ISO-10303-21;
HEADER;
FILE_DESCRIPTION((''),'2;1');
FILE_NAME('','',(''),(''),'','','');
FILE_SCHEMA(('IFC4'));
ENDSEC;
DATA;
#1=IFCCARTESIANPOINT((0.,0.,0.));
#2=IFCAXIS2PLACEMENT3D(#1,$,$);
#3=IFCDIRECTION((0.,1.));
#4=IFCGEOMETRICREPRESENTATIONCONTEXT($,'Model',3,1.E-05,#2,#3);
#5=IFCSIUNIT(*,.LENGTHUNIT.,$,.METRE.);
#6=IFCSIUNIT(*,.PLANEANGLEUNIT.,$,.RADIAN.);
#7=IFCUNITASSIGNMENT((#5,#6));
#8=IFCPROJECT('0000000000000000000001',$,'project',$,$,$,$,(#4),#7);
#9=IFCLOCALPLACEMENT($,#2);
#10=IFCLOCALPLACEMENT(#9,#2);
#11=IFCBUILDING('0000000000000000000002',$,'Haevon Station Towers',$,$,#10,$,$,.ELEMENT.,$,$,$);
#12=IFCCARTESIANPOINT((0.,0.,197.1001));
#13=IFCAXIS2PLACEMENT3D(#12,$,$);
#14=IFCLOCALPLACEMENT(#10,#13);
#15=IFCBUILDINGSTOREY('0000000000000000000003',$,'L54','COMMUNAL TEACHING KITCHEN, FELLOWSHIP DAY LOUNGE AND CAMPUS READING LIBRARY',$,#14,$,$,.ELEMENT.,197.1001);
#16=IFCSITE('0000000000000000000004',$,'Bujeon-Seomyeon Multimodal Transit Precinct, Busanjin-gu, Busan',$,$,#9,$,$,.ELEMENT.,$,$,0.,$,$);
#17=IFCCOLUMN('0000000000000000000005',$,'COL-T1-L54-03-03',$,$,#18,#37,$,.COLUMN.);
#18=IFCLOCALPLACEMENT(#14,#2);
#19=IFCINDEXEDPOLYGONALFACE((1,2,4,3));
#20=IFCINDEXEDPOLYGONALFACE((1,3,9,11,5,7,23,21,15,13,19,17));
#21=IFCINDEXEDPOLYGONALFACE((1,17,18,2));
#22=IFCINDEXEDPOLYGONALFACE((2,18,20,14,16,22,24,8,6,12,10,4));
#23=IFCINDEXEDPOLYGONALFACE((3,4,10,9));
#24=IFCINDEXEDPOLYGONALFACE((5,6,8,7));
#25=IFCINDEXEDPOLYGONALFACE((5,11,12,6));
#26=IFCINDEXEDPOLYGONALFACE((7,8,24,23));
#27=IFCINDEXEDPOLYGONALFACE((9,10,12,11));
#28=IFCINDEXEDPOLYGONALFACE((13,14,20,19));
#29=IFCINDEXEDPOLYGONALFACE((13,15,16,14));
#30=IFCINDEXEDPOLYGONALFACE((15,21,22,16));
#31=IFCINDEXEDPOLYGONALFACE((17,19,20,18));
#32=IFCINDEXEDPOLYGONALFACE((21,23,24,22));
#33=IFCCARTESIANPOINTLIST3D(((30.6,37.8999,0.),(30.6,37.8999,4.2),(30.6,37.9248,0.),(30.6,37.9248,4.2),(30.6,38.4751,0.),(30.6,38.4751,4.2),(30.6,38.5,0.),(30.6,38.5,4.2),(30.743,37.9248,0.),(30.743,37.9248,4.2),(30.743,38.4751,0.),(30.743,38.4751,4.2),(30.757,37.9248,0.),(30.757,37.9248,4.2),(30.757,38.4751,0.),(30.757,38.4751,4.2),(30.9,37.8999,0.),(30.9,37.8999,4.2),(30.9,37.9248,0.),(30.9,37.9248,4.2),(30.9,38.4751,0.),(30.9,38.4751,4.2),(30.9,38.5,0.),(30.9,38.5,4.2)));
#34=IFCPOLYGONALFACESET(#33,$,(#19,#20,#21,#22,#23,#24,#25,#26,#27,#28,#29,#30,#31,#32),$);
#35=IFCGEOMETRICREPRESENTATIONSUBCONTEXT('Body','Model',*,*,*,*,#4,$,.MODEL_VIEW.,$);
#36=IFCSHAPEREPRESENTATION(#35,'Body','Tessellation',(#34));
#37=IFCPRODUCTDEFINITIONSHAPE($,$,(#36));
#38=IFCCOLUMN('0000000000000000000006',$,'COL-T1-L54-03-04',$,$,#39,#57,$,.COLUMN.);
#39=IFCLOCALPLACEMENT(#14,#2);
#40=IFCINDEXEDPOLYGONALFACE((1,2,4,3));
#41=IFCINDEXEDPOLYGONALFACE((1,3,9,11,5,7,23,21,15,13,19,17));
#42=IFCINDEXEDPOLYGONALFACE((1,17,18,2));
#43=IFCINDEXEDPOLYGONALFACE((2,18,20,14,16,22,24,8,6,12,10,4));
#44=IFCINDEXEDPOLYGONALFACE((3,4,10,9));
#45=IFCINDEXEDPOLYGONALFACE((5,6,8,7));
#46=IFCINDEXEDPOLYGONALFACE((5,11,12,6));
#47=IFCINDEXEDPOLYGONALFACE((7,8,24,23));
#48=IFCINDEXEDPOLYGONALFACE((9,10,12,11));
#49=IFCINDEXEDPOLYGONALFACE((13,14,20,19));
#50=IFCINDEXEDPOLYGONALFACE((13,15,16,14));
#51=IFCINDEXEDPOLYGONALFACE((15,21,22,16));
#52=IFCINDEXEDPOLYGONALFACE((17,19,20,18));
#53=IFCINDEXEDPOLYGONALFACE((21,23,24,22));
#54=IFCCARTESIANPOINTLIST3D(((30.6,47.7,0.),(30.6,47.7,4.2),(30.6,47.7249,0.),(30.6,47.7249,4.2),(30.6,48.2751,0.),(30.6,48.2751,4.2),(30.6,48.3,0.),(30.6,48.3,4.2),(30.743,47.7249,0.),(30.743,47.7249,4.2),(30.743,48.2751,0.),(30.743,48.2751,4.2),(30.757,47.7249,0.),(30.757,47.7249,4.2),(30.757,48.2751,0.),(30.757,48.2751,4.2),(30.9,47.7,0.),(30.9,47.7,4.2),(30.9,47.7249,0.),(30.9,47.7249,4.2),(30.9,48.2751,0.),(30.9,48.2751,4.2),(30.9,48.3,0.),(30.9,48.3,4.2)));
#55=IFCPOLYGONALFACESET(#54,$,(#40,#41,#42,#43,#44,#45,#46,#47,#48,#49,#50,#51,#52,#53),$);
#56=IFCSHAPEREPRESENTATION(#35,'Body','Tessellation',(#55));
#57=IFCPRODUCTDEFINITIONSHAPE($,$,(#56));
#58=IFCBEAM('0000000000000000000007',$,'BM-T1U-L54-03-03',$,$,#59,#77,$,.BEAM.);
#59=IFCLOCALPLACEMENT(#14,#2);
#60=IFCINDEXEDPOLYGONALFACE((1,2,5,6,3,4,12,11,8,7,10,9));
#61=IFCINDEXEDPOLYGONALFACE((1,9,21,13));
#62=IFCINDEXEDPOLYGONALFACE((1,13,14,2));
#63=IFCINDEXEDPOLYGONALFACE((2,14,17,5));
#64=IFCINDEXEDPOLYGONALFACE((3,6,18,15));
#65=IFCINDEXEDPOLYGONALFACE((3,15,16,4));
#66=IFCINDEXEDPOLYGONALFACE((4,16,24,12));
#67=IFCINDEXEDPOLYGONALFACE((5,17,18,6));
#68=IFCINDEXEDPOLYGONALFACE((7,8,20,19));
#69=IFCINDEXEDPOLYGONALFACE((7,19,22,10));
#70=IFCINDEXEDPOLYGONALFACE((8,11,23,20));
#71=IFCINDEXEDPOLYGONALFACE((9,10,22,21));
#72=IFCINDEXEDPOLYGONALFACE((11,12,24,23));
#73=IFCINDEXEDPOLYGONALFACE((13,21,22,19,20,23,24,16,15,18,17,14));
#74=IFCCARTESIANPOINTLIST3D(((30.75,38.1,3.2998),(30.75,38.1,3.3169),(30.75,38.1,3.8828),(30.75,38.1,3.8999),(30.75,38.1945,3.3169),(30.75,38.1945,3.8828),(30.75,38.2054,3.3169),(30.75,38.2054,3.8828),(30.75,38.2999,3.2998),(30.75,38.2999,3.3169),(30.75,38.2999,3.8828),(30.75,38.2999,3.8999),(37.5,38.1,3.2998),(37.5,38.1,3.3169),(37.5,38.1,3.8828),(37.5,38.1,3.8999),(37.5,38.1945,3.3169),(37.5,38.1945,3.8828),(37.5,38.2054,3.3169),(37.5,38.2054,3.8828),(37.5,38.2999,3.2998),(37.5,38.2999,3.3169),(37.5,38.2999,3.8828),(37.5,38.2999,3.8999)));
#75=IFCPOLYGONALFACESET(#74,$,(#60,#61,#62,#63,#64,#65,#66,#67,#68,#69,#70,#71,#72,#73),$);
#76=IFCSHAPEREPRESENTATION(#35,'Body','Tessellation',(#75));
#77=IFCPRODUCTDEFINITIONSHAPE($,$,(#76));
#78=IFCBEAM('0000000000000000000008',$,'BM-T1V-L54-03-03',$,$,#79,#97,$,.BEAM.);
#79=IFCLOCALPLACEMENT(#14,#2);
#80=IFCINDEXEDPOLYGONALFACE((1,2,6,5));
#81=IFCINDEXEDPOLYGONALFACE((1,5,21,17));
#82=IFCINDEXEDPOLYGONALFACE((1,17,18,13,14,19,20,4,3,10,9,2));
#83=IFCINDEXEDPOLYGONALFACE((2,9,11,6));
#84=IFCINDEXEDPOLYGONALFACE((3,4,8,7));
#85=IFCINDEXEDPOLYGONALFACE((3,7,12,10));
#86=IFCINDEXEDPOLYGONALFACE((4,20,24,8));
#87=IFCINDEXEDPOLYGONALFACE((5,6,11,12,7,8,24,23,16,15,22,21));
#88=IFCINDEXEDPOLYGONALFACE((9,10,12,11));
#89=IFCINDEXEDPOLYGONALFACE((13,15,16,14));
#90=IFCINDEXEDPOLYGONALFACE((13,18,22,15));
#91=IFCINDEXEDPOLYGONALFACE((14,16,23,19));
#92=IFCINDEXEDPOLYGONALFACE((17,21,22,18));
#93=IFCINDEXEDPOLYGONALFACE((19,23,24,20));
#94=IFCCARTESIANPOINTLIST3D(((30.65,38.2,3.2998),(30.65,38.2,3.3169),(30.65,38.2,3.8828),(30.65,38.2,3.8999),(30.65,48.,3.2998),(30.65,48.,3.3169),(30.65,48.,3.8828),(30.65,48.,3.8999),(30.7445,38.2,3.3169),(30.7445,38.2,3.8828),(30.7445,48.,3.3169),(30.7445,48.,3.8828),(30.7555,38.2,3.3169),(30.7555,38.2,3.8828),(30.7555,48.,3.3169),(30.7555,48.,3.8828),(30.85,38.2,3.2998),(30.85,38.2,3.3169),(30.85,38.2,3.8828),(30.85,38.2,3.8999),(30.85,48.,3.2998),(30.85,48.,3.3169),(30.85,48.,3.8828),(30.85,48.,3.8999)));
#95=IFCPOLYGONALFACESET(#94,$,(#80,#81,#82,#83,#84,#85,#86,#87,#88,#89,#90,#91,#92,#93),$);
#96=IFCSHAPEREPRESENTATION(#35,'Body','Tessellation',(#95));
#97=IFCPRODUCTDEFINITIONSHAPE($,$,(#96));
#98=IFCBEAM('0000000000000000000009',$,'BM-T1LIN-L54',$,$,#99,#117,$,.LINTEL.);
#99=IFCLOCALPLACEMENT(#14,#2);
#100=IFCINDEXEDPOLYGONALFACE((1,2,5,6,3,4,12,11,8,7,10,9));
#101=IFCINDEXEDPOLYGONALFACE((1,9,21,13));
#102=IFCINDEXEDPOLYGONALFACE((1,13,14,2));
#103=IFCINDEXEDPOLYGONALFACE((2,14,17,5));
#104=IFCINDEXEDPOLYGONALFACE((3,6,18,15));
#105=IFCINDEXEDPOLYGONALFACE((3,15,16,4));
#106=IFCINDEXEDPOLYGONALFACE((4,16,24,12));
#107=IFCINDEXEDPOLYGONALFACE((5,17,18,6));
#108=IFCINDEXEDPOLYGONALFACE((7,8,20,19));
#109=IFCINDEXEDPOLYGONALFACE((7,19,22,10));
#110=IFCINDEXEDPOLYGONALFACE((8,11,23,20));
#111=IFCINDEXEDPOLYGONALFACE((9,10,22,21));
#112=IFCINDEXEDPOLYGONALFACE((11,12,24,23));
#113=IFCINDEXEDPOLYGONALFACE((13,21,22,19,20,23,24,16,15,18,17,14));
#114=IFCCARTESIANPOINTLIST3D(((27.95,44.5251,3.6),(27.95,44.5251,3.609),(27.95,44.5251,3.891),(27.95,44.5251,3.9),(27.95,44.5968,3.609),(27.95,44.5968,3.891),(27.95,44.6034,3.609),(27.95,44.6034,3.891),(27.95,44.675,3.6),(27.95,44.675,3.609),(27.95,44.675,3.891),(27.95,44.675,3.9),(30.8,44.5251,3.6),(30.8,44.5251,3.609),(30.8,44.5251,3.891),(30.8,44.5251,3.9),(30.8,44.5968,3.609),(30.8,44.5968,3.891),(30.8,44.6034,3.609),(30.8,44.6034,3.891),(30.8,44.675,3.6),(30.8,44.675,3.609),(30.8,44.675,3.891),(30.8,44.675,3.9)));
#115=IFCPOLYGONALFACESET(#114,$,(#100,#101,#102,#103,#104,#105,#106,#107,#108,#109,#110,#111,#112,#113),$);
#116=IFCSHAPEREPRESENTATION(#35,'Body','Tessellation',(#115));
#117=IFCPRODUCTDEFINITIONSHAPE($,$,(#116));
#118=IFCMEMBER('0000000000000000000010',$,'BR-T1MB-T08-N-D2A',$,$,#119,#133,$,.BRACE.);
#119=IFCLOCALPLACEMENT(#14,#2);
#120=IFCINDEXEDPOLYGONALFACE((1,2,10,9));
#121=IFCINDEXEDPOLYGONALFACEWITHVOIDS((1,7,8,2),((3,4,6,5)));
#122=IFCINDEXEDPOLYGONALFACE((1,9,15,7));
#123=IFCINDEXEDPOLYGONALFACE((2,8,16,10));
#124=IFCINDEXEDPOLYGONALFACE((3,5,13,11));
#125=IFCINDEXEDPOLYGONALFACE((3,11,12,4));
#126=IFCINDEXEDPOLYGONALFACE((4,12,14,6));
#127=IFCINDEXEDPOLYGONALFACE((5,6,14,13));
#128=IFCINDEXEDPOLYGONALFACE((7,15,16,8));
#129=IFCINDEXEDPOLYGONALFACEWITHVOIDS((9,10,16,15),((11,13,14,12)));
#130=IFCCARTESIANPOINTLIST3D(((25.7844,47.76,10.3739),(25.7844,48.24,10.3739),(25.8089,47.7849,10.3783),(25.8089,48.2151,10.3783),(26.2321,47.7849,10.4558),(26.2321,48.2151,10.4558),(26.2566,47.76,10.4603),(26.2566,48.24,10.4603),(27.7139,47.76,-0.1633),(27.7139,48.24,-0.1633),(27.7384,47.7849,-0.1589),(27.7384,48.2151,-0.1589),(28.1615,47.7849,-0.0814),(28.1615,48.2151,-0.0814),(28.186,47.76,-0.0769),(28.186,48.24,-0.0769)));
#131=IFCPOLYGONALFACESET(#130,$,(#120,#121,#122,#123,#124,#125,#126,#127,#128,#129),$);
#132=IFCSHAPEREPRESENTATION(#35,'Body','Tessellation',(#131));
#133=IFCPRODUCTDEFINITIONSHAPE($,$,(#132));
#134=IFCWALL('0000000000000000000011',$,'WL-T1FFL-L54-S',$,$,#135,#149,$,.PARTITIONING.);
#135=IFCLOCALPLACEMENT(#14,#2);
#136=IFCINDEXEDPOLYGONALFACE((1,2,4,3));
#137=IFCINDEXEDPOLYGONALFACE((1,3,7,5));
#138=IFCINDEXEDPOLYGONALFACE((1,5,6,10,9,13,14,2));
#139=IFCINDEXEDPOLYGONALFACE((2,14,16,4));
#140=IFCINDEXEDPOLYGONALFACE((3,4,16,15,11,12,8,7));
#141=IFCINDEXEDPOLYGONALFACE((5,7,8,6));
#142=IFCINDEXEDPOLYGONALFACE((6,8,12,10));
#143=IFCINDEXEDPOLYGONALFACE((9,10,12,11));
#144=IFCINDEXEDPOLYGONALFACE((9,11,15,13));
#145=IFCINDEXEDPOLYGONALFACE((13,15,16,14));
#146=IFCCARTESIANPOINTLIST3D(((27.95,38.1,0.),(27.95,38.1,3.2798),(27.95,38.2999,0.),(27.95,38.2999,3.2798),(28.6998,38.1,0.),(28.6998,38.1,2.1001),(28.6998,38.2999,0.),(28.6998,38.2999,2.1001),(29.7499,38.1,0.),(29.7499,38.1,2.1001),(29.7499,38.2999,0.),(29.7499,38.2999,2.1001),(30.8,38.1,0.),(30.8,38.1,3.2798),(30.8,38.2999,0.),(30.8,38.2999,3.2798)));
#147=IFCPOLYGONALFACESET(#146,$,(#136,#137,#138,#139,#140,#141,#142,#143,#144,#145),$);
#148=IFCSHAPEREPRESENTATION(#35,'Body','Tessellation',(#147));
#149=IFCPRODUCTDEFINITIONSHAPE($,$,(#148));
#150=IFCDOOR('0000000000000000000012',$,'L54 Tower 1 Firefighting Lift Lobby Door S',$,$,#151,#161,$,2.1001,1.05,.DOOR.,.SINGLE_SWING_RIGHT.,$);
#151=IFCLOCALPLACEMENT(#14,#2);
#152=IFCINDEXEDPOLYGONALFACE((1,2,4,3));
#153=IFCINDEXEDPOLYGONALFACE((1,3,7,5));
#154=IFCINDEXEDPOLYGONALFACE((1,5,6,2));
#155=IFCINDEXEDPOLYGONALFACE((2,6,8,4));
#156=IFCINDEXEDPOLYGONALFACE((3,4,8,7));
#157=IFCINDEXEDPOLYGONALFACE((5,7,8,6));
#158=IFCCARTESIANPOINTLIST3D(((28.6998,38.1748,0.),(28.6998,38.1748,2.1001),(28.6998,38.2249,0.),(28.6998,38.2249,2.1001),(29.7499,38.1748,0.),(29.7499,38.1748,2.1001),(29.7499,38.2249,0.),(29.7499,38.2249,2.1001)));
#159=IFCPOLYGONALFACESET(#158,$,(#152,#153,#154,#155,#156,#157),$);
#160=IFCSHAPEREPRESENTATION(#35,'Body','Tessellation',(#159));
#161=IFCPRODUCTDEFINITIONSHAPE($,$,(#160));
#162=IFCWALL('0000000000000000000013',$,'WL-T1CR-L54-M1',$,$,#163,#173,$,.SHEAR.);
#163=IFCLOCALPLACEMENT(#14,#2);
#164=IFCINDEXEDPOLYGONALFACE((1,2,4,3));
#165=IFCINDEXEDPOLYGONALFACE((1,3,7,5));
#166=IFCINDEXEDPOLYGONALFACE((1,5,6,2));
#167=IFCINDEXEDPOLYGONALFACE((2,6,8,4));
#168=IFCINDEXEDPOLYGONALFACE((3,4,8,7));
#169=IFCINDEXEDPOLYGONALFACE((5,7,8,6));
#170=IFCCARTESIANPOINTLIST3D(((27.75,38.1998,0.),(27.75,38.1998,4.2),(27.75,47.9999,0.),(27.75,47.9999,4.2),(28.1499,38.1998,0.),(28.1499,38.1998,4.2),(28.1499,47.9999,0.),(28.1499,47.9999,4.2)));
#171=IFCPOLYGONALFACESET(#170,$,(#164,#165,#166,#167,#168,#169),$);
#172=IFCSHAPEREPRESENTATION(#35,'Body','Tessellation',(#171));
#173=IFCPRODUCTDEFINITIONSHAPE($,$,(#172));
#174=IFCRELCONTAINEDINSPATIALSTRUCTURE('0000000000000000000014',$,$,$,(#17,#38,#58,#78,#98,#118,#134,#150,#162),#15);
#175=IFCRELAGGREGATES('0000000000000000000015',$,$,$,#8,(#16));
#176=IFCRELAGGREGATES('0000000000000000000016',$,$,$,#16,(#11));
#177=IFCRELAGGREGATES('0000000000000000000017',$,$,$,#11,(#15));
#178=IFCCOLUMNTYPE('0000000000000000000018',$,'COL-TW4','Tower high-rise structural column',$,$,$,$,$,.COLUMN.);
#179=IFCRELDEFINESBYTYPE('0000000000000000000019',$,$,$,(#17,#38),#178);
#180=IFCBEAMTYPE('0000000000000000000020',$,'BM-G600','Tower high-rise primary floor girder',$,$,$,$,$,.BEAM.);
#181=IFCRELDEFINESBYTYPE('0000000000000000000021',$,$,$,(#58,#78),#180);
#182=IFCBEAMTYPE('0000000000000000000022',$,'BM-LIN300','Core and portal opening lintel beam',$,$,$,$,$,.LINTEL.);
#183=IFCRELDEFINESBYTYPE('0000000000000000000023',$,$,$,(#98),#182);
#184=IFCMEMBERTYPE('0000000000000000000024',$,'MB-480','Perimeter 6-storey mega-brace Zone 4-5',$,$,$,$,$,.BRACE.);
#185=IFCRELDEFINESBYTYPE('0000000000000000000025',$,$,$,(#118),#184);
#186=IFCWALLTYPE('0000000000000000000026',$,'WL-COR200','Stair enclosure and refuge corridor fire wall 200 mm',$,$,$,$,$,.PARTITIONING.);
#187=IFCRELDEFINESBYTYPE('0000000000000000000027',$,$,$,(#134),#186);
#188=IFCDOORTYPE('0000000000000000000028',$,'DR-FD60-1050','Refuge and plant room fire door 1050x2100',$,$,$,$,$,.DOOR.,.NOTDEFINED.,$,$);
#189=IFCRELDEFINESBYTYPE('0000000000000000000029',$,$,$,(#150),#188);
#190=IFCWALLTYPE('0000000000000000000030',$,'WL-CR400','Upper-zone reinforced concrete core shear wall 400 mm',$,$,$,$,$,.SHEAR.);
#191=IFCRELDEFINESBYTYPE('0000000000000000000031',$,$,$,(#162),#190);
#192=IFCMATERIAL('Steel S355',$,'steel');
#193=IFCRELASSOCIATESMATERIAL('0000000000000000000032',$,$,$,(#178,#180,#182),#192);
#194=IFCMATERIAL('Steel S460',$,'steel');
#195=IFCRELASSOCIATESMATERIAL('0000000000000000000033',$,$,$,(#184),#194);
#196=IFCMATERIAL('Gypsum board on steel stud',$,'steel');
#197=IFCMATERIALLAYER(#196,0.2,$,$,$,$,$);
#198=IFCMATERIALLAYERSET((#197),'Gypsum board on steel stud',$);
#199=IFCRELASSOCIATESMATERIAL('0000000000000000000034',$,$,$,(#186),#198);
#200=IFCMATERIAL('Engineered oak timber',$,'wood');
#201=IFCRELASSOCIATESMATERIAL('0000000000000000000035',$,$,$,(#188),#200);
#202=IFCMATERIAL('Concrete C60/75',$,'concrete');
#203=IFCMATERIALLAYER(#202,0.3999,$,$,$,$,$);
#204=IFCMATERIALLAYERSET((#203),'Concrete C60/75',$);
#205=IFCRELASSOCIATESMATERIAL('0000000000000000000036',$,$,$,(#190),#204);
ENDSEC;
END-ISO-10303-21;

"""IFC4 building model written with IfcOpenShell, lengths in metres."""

from ifc_helpers import new_model, si_unit, direction, frame, frame_2d, origin, origin_2d, place, context, subcontext, project, spatial, rectangle, hollow_rectangle, i_section, extrude, material, layer, layer_set, material_profile, profile_set, type_object, element, fill, save


model = new_model("IFC4")

# Units and contexts
model_context = context("Model", 3, precision=1e-05, world=origin(), true_north=direction((0.0, 1.0)))
body_context = subcontext(model_context, "Body", "Model", "MODEL_VIEW")
ifc_project = project(units=[si_unit("LENGTHUNIT", "METRE"), si_unit("PLANEANGLEUNIT", "RADIAN")], contexts=[model_context])

# Site, building, storey
site_placement = place(None, origin())
site = spatial("IfcSite", under=ifc_project, at=site_placement, Name="Bujeon-Seomyeon Multimodal Transit Precinct, Busanjin-gu, Busan", CompositionType="ELEMENT", RefElevation=0.0)
building_placement = place(site_placement, origin())
building = spatial("IfcBuilding", under=site, at=building_placement, Name="Haevon Station Towers", CompositionType="ELEMENT")
storey_placement = place(building_placement, frame((0.0, 0.0, 197.1001)))
storey = spatial("IfcBuildingStorey", under=building, at=storey_placement, Name="L54", Description="COMMUNAL TEACHING KITCHEN, FELLOWSHIP DAY LOUNGE AND CAMPUS READING LIBRARY", CompositionType="ELEMENT", Elevation=197.1001)

# Columns
ifc_material_1 = material(Name="Steel S355", Category="steel")
ifc_material_profile_1 = material_profile(ifc_material_1, i_section(OverallWidth=0.3, OverallDepth=0.6001, WebThickness=0.0139, FlangeThickness=0.0249, at=origin_2d()), Name="H-600x300x14x25")
ifc_profile_set_1 = profile_set([ifc_material_profile_1], Name="Steel S355")
column_type = type_object("IfcColumnType", Name="COL-TW4", Description="Tower high-rise structural column", PredefinedType="COLUMN", material=ifc_profile_set_1)
for number, where, z_axis, x_axis, name in (
    (1, (30.75, 38.2, 0.0), (0.0, 0.0, 1.0), (1.0, 0.0, 0.0), "COL-T1-L54-03-03"),
    (2, (30.75, 48.0, 0.0), (0.0, 0.0, 1.0), (1.0, 0.0, 0.0), "COL-T1-L54-03-04"),
):
    element("IfcColumn", number, at=place(storey_placement, frame(where, z_axis=z_axis, x_axis=x_axis)), inside=storey, type_object=column_type, Name=name, PredefinedType="COLUMN", context=body_context, shape_type="SweptSolid", body=[
        extrude(i_section(OverallWidth=0.3, OverallDepth=0.6001, WebThickness=0.0139, FlangeThickness=0.0249, at=origin_2d()), origin(), (0.0, 0.0, 1.0), 4.2),
    ])

# Beams
ifc_material_profile_2 = material_profile(ifc_material_1, i_section(OverallWidth=0.2, OverallDepth=0.6001, WebThickness=0.011, FlangeThickness=0.0171, at=origin_2d()), Name="H-600x200x11x17")
ifc_profile_set_2 = profile_set([ifc_material_profile_2], Name="Steel S355")
beam_type_1 = type_object("IfcBeamType", Name="BM-G600", Description="Tower high-rise primary floor girder", PredefinedType="BEAM", material=ifc_profile_set_2)
beam_1_placement = place(storey_placement, frame((30.75, 38.2, 3.5999), z_axis=(1.0, 0.0, 0.0), x_axis=(0.0, 1.0, 0.0)))
element("IfcBeam", 3, at=beam_1_placement, inside=storey, type_object=beam_type_1, Name="BM-T1U-L54-03-03", PredefinedType="BEAM", context=body_context, shape_type="SweptSolid", body=[
    extrude(i_section(OverallWidth=0.2, OverallDepth=0.6001, WebThickness=0.011, FlangeThickness=0.0171, at=origin_2d()), origin(), (0.0, 0.0, 1.0), 6.75),
])
beam_2_placement = place(storey_placement, frame((30.75, 38.2, 3.5999), z_axis=(0.0, 1.0, 0.0), x_axis=(-1.0, 0.0, 0.0)))
element("IfcBeam", 4, at=beam_2_placement, inside=storey, type_object=beam_type_1, Name="BM-T1V-L54-03-03", PredefinedType="BEAM", context=body_context, shape_type="SweptSolid", body=[
    extrude(i_section(OverallWidth=0.2, OverallDepth=0.6001, WebThickness=0.011, FlangeThickness=0.0171, at=origin_2d()), origin(), (0.0, 0.0, 1.0), 9.8),
])
ifc_material_profile_3 = material_profile(ifc_material_1, i_section(OverallWidth=0.1499, OverallDepth=0.3, WebThickness=0.0066, FlangeThickness=0.009, at=origin_2d()), Name="H-300x150x6.5x9")
ifc_profile_set_3 = profile_set([ifc_material_profile_3], Name="Steel S355")
beam_type_2 = type_object("IfcBeamType", Name="BM-LIN300", Description="Core and portal opening lintel beam", PredefinedType="LINTEL", material=ifc_profile_set_3)
beam_3_placement = place(storey_placement, frame((27.95, 44.6001, 3.75), z_axis=(1.0, 0.0, 0.0), x_axis=(0.0, 1.0, 0.0)))
element("IfcBeam", 5, at=beam_3_placement, inside=storey, type_object=beam_type_2, Name="BM-T1LIN-L54", PredefinedType="LINTEL", context=body_context, shape_type="SweptSolid", body=[
    extrude(i_section(OverallWidth=0.1499, OverallDepth=0.3, WebThickness=0.0066, FlangeThickness=0.009, at=origin_2d()), origin(), (0.0, 0.0, 1.0), 2.8501),
])

# Member
ifc_material_2 = material(Name="Steel S460", Category="steel")
ifc_material_profile_4 = material_profile(ifc_material_2, hollow_rectangle(XDim=0.48, YDim=0.48, WallThickness=0.0249, at=origin_2d()), Name="RHS-480x480x25")
ifc_profile_set_4 = profile_set([ifc_material_profile_4], Name="Steel S460")
member_type = type_object("IfcMemberType", Name="MB-480", Description="Perimeter 6-storey mega-brace Zone 4-5", PredefinedType="BRACE", material=ifc_profile_set_4)
member_placement = place(storey_placement, frame((27.95, 48.0, -0.1201), z_axis=(-0.180115, 0.0, 0.983646), x_axis=(0.0, -1.0, 0.0)))
element("IfcMember", 6, at=member_placement, inside=storey, type_object=member_type, Name="BR-T1MB-T08-N-D2A", PredefinedType="BRACE", context=body_context, shape_type="SweptSolid", body=[
    extrude(hollow_rectangle(XDim=0.48, YDim=0.48, WallThickness=0.0249, at=origin_2d()), origin(), (0.0, 0.0, 1.0), 10.7124),
])

# Wall, opening, door
ifc_material_3 = material(Name="Gypsum board on steel stud", Category="steel")
ifc_layer_1 = layer(ifc_material_3, 0.2)
ifc_layer_set_1 = layer_set([ifc_layer_1], Name="Gypsum board on steel stud")
wall_type_1 = type_object("IfcWallType", Name="WL-COR200", Description="Stair enclosure and refuge corridor fire wall 200 mm", PredefinedType="PARTITIONING", material=ifc_layer_set_1)
wall_1_placement = place(storey_placement, frame((27.95, 38.2, 0.0), z_axis=(0.0, 0.0, 1.0), x_axis=(1.0, 0.0, 0.0)))
wall_1 = element("IfcWall", 7, at=wall_1_placement, inside=storey, type_object=wall_type_1, Name="WL-T1FFL-L54-S", PredefinedType="PARTITIONING", context=body_context, shape_type="SweptSolid", body=[
    extrude(rectangle(XDim=2.8501, YDim=0.2, at=frame_2d((1.425, 0.0))), origin(), (0.0, 0.0, 1.0), 3.2798),
])
opening_1_placement = place(wall_1_placement, frame((0.75, 0.0, 0.0)))
opening_1 = element("IfcOpeningElement", 8, at=opening_1_placement, cuts=wall_1, PredefinedType="OPENING", context=body_context, shape_type="SweptSolid", body=[
    extrude(rectangle(XDim=1.05, YDim=2.1001, at=frame_2d((0.5249, 1.05))), frame((0.0, 0.1099, 0.0), z_axis=(0.0, -1.0, 0.0), x_axis=(1.0, 0.0, 0.0)), (0.0, 0.0, 1.0), 0.22),
])
ifc_material_4 = material(Name="Engineered oak timber", Category="wood")
door_type_1 = type_object("IfcDoorType", Name="DR-FD60-1050", Description="Refuge and plant room fire door 1050x2100", OperationType="NOTDEFINED", PredefinedType="DOOR", material=ifc_material_4)
door_1_placement = place(opening_1_placement, origin())
door_1 = element("IfcDoor", 9, at=door_1_placement, inside=storey, type_object=door_type_1, Name="L54 Tower 1 Firefighting Lift Lobby Door S", OperationType="SINGLE_SWING_RIGHT", OverallHeight=2.1001, OverallWidth=1.05, PredefinedType="DOOR", context=body_context, shape_type="SweptSolid", body=[
    extrude(rectangle(XDim=1.05, YDim=2.1001, at=frame_2d((0.5249, 1.05))), frame((0.0, 0.0249, 0.0), z_axis=(0.0, -1.0, 0.0), x_axis=(1.0, 0.0, 0.0)), (0.0, 0.0, 1.0), 0.05),
])
fill(opening_1, door_1)

# Wall
ifc_material_5 = material(Name="Concrete C60/75", Category="concrete")
ifc_layer_2 = layer(ifc_material_5, 0.3999)
ifc_layer_set_2 = layer_set([ifc_layer_2], Name="Concrete C60/75")
wall_type_2 = type_object("IfcWallType", Name="WL-CR400", Description="Upper-zone reinforced concrete core shear wall 400 mm", PredefinedType="SHEAR", material=ifc_layer_set_2)
wall_2_placement = place(storey_placement, frame((27.95, 38.2, 0.0), z_axis=(0.0, 0.0, 1.0), x_axis=(0.0, 1.0, 0.0)))
element("IfcWall", 10, at=wall_2_placement, inside=storey, type_object=wall_type_2, Name="WL-T1CR-L54-M1", PredefinedType="SHEAR", context=body_context, shape_type="SweptSolid", body=[
    extrude(rectangle(XDim=9.8, YDim=0.3999, at=frame_2d((4.8999, 0.0))), origin(), (0.0, 0.0, 1.0), 4.2),
])

save(model, "model.ifc")
